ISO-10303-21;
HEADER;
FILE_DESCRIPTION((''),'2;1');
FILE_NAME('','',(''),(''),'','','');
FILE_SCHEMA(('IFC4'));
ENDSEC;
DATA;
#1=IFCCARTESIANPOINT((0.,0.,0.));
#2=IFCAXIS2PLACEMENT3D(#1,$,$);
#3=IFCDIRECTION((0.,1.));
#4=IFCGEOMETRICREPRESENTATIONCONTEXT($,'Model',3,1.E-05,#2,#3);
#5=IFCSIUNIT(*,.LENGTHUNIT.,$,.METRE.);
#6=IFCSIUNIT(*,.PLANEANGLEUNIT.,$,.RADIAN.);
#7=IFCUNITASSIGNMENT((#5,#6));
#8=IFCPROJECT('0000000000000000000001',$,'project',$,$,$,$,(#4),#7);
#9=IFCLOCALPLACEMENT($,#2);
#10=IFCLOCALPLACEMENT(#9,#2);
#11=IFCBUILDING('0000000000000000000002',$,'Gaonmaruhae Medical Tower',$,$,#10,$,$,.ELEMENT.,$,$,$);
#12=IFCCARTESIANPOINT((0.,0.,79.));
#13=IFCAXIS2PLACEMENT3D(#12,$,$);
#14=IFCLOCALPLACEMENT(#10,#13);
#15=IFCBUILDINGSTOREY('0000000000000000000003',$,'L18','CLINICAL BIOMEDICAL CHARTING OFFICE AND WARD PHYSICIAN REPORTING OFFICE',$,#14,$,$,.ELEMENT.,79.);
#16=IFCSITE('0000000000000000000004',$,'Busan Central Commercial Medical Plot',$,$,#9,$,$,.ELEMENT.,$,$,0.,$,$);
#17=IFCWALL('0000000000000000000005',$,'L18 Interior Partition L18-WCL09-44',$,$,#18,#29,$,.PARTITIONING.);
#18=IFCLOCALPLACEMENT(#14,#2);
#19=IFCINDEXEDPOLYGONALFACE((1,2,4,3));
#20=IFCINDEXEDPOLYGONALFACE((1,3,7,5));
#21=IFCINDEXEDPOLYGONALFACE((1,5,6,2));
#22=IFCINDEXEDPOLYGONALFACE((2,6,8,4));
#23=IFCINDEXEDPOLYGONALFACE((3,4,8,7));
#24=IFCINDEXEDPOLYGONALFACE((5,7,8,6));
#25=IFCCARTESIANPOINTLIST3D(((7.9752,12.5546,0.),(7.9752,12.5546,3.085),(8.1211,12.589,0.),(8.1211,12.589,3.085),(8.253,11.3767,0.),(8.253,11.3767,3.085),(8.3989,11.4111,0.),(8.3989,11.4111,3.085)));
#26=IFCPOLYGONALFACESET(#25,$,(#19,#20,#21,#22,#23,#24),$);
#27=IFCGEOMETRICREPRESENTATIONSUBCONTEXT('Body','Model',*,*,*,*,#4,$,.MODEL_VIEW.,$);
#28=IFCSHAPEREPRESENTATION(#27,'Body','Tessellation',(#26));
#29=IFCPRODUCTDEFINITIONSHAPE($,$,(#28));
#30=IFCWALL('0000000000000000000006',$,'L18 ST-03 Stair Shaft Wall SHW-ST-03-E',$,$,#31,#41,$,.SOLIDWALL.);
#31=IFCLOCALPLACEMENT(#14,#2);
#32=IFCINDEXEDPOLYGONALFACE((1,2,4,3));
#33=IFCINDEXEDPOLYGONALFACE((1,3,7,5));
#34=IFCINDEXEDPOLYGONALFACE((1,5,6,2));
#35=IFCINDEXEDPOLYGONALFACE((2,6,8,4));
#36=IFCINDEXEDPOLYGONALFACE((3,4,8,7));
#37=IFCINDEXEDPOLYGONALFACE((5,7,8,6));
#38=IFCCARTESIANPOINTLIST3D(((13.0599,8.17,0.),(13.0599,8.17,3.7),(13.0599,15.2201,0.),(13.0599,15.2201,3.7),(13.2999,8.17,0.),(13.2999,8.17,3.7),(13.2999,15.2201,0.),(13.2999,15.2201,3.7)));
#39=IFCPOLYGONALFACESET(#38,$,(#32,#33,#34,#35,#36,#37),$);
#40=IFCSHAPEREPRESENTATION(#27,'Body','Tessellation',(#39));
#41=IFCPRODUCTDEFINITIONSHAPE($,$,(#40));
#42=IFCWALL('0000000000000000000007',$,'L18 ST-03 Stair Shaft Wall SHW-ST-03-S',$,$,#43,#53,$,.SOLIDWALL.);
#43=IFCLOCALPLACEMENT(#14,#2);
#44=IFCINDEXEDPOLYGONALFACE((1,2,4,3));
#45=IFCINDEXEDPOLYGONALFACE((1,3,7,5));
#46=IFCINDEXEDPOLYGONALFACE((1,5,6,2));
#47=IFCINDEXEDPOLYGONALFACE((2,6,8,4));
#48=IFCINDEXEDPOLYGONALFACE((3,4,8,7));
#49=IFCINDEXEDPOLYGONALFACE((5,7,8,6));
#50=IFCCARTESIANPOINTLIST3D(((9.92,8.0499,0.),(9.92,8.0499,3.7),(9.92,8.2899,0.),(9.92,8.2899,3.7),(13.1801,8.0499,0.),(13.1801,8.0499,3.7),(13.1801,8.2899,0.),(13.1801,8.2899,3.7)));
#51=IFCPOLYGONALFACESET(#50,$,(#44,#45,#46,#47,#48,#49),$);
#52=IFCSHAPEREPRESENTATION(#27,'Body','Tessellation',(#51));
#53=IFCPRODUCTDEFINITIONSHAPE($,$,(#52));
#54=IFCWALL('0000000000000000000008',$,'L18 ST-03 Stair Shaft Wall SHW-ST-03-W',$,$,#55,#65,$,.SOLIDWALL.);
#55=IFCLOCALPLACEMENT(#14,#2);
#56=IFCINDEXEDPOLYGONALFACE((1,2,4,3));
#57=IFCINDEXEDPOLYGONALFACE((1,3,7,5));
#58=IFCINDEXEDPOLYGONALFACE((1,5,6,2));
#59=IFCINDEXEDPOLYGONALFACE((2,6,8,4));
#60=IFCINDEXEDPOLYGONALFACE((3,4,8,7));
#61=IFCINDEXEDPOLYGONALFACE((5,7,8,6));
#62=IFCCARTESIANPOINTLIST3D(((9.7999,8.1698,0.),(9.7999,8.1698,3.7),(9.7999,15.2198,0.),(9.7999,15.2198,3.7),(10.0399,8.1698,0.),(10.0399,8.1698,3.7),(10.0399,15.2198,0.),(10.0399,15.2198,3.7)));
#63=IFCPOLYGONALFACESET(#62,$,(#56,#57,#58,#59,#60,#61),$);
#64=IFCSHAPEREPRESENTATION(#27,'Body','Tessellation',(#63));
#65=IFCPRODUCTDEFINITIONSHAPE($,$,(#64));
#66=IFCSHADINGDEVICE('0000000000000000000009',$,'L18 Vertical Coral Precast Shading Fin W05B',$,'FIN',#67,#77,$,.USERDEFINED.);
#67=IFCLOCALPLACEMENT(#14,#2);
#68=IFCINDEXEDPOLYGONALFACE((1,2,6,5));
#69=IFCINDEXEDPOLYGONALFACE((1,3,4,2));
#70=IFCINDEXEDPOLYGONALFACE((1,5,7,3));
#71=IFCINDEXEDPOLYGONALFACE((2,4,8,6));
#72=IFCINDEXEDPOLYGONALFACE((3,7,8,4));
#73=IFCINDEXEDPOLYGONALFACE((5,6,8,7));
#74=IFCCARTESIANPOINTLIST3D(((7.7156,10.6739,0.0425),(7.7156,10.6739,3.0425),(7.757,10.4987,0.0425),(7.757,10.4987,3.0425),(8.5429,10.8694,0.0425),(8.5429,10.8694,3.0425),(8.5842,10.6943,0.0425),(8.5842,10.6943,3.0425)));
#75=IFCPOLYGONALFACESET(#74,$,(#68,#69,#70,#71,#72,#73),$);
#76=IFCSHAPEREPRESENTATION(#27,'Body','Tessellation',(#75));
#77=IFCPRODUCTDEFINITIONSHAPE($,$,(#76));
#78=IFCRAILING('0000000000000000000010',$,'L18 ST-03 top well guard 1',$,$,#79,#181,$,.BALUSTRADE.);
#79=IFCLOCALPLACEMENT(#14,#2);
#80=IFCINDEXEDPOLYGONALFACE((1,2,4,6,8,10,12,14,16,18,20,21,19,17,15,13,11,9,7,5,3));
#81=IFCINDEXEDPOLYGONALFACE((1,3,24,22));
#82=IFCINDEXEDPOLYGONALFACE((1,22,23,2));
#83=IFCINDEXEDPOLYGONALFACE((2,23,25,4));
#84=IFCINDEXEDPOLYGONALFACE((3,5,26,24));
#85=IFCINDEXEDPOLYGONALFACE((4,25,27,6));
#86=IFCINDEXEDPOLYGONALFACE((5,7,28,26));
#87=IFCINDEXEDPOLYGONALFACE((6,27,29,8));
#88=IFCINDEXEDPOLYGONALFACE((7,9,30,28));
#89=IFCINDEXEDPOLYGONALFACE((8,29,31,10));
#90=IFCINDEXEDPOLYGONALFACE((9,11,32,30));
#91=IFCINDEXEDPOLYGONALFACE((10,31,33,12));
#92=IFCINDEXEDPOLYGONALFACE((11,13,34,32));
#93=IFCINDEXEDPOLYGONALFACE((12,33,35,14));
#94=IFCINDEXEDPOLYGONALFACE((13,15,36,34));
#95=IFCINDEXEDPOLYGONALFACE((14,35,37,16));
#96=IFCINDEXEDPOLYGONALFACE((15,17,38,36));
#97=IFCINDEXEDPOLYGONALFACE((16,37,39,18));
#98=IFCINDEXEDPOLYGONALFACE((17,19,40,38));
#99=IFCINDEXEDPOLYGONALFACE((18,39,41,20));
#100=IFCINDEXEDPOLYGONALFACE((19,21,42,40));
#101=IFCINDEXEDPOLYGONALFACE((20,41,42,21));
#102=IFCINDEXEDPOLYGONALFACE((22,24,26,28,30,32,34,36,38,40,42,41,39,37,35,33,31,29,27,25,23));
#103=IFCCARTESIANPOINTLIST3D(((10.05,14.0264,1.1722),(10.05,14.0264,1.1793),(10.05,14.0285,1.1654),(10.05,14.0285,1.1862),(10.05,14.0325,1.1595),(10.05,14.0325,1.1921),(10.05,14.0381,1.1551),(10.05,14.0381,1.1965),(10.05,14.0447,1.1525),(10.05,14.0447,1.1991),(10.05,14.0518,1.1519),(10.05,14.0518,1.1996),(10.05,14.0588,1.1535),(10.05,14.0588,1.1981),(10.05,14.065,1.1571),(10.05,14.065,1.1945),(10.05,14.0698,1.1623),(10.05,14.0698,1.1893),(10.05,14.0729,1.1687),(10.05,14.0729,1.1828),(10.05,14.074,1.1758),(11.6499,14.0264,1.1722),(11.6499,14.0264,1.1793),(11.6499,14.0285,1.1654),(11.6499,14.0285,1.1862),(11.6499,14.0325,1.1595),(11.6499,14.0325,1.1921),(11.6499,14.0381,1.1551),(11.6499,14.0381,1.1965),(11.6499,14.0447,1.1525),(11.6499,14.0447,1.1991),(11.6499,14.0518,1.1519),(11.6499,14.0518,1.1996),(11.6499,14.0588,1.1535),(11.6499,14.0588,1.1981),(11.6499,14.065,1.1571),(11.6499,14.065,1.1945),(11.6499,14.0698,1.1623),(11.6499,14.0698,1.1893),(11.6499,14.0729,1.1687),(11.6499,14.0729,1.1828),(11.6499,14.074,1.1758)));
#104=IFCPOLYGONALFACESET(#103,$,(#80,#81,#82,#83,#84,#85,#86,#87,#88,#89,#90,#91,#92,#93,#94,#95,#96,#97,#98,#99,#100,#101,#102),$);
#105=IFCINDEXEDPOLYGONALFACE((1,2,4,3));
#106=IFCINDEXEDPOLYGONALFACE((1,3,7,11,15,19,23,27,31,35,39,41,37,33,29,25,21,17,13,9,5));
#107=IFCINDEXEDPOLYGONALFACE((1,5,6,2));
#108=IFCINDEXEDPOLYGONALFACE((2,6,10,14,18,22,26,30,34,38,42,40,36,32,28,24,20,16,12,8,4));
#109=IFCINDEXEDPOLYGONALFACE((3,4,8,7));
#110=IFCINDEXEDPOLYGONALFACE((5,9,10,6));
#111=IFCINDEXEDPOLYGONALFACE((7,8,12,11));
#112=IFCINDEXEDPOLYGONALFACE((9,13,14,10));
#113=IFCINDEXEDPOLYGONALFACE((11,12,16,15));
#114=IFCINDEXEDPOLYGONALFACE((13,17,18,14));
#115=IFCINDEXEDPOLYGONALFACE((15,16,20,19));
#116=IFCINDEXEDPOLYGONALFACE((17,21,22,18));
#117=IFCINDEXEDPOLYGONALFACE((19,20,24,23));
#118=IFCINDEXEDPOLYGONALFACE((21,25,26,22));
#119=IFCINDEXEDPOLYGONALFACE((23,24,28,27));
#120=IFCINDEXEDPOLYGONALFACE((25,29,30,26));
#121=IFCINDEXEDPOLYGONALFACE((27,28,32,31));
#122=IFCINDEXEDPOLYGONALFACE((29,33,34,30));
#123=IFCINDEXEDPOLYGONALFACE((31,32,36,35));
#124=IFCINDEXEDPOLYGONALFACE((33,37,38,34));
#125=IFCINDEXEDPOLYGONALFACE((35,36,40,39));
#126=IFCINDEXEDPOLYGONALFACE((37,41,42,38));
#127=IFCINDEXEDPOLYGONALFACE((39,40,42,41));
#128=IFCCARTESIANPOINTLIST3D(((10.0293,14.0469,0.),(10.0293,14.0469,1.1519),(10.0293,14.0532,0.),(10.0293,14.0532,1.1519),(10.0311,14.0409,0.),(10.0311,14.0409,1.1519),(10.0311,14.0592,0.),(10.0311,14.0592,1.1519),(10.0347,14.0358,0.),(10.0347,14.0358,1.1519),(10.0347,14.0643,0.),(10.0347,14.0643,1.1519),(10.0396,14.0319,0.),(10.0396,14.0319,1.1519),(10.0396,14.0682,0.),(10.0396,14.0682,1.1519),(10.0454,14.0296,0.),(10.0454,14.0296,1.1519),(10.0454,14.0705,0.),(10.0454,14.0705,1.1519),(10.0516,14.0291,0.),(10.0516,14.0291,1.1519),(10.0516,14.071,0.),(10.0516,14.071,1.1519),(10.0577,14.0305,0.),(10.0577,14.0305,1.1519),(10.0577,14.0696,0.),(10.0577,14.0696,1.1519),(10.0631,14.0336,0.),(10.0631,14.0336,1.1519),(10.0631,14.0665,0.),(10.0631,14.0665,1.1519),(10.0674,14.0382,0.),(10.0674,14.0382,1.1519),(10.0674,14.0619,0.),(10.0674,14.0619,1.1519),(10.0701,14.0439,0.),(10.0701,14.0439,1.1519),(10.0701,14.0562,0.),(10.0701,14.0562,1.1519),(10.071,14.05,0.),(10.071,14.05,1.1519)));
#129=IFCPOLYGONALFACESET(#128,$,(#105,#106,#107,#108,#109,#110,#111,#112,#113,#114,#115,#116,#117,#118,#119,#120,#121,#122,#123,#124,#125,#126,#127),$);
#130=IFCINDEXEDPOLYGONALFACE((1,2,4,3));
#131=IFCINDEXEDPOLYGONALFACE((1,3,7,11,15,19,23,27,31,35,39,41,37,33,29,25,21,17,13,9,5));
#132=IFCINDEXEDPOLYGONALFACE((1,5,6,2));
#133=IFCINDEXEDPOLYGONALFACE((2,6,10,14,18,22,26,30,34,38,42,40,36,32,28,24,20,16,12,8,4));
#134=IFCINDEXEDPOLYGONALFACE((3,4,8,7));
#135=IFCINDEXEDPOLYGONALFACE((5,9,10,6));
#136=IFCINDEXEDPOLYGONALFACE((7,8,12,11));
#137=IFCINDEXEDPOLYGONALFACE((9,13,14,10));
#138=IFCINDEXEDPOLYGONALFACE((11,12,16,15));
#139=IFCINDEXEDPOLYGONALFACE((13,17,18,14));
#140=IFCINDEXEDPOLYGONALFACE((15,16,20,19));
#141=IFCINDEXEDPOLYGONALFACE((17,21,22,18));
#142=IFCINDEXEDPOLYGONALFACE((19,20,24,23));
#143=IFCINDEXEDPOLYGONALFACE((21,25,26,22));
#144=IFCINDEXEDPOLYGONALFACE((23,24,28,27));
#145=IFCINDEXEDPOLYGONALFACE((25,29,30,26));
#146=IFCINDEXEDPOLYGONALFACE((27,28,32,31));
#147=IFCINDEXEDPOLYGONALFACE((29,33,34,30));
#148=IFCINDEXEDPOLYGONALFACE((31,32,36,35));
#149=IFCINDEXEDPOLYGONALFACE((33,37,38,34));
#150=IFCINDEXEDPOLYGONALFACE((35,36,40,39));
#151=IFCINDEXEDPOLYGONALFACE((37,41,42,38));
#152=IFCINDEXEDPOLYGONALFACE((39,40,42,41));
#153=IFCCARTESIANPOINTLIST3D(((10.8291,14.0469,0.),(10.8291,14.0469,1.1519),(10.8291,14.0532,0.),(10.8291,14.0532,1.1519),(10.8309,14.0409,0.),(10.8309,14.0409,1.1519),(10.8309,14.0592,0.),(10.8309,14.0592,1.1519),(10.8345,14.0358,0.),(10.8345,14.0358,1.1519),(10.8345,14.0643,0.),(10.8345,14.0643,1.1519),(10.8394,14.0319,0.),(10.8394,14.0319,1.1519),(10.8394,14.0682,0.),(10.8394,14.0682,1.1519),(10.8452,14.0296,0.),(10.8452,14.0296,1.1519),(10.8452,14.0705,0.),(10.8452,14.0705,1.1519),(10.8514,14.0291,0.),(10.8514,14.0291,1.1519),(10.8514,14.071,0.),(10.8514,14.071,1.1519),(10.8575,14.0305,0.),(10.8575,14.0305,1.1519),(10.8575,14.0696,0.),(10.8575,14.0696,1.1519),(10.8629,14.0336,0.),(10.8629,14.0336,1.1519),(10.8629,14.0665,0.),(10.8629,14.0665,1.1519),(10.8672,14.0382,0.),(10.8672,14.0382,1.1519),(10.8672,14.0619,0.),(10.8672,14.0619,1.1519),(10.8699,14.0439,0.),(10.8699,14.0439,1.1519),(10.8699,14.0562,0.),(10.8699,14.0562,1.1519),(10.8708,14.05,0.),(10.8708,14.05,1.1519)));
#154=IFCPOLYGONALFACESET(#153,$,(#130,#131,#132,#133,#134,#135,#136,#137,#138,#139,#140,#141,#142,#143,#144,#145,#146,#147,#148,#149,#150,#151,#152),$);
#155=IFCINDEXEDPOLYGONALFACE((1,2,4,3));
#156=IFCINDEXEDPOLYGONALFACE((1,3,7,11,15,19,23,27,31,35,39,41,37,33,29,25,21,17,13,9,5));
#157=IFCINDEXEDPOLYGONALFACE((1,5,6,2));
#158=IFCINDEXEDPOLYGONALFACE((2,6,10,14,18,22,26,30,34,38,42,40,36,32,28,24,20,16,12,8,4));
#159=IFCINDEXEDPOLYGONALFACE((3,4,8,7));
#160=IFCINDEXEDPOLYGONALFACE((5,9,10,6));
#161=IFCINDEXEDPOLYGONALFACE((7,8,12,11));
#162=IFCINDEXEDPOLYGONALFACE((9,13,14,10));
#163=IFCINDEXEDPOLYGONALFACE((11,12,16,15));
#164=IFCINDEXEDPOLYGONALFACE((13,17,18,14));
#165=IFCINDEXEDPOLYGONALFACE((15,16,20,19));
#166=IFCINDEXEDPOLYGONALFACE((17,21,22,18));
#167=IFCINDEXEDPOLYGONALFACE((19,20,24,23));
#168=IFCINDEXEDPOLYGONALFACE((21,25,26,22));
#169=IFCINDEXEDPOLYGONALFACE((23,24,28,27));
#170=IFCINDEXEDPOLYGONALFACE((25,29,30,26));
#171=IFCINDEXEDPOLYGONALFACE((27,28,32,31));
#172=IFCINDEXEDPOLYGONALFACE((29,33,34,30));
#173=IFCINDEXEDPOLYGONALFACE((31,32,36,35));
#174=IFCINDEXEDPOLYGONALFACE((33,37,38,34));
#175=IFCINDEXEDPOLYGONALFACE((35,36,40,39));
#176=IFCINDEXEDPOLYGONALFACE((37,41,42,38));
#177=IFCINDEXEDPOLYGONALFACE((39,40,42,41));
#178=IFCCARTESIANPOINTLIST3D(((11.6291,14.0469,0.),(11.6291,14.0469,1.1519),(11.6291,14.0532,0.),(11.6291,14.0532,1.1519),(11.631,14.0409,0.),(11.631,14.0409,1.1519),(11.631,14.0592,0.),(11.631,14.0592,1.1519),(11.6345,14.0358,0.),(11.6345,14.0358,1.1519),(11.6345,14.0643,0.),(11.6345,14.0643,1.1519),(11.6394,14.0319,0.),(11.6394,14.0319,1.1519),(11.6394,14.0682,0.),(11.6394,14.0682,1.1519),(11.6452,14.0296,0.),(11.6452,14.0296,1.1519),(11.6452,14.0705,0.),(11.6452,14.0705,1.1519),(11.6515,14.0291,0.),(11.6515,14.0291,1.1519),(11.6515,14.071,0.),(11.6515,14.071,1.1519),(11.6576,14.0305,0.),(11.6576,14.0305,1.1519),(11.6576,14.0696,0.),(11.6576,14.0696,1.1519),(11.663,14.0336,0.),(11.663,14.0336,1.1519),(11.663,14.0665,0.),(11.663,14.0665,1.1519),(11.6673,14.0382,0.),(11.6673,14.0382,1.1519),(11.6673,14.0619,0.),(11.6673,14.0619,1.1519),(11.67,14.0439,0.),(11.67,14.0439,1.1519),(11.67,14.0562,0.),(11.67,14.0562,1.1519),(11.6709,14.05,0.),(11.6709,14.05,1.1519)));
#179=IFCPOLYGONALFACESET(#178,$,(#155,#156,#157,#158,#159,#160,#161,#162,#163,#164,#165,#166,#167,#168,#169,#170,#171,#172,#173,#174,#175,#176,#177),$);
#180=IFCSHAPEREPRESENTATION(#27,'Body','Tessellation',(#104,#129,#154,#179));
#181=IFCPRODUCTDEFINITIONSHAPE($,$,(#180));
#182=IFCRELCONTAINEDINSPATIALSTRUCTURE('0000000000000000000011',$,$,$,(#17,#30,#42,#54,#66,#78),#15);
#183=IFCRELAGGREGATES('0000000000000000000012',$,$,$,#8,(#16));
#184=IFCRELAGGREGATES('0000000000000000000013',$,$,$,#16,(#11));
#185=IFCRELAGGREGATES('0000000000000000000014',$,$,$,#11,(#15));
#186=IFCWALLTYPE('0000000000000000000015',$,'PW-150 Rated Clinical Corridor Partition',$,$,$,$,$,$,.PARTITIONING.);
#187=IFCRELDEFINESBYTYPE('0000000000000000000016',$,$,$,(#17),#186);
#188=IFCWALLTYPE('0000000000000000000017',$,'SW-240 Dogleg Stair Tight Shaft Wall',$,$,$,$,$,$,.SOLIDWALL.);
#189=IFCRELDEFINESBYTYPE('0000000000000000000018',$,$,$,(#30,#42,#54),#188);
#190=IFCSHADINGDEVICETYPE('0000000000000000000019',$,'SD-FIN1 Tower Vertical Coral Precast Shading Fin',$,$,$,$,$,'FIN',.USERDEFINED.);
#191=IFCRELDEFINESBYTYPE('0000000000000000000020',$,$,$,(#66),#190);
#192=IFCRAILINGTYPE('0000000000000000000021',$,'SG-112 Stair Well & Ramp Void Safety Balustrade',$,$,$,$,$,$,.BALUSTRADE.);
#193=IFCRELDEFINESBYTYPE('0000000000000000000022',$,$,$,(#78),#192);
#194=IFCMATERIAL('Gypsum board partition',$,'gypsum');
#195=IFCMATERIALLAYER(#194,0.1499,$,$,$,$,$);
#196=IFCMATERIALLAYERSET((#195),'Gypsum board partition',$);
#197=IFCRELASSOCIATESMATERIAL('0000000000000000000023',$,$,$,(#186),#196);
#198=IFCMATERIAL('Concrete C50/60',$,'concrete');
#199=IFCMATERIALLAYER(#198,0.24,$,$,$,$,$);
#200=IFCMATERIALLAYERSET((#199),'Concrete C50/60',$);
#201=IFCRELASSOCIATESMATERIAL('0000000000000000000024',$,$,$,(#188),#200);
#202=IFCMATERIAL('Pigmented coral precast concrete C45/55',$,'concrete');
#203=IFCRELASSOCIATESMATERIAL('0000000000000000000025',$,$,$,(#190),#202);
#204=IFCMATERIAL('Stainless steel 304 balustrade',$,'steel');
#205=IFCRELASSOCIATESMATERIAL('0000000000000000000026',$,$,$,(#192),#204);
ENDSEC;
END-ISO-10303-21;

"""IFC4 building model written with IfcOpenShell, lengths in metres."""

from ifc_helpers import new_model, si_unit, direction, frame, frame_2d, origin, origin_2d, place, context, subcontext, project, spatial, rectangle, circle, extrude, material, layer, layer_set, type_object, element, save


model = new_model("IFC4")

# Units and contexts
model_context = context("Model", 3, precision=1e-05, world=origin(), true_north=direction((0.0, 1.0)))
body_context = subcontext(model_context, "Body", "Model", "MODEL_VIEW")
ifc_project = project(units=[si_unit("LENGTHUNIT", "METRE"), si_unit("PLANEANGLEUNIT", "RADIAN")], contexts=[model_context])

# Site, building, storey
site_placement = place(None, origin())
site = spatial("IfcSite", under=ifc_project, at=site_placement, Name="Busan Central Commercial Medical Plot", CompositionType="ELEMENT", RefElevation=0.0)
building_placement = place(site_placement, origin())
building = spatial("IfcBuilding", under=site, at=building_placement, Name="Gaonmaruhae Medical Tower", CompositionType="ELEMENT")
storey_placement = place(building_placement, frame((0.0, 0.0, 79.0)))
storey = spatial("IfcBuildingStorey", under=building, at=storey_placement, Name="L18", Description="CLINICAL BIOMEDICAL CHARTING OFFICE AND WARD PHYSICIAN REPORTING OFFICE", CompositionType="ELEMENT", Elevation=79.0)

# Wall
ifc_material_1 = material(Name="Gypsum board partition", Category="gypsum")
ifc_layer_1 = layer(ifc_material_1, 0.1499)
ifc_layer_set_1 = layer_set([ifc_layer_1], Name="Gypsum board partition")
wall_type_1 = type_object("IfcWallType", Name="PW-150 Rated Clinical Corridor Partition", PredefinedType="PARTITIONING", material=ifc_layer_set_1)
wall_1_placement = place(storey_placement, frame((8.3259, 11.394, 0.0), z_axis=(0.0, 0.0, 1.0), x_axis=(-0.229556, 0.973295, 0.0)))
element("IfcWall", 1, at=wall_1_placement, inside=storey, type_object=wall_type_1, Name="L18 Interior Partition L18-WCL09-44", PredefinedType="PARTITIONING", context=body_context, shape_type="SweptSolid", body=[
    extrude(rectangle(XDim=1.2102, YDim=0.1499, at=frame_2d((0.605, 0.0))), origin(), (0.0, 0.0, 1.0), 3.085),
])

# Shared definitions
ifc_material_2 = material(Name="Concrete C50/60", Category="concrete")
ifc_layer_2 = layer(ifc_material_2, 0.24)
ifc_layer_set_2 = layer_set([ifc_layer_2], Name="Concrete C50/60")
wall_type_2 = type_object("IfcWallType", Name="SW-240 Dogleg Stair Tight Shaft Wall", PredefinedType="SOLIDWALL", material=ifc_layer_set_2)

# Walls
wall_2_placement = place(storey_placement, frame((13.1799, 15.22, 0.0), z_axis=(0.0, 0.0, 1.0), x_axis=(0.0, -1.0, 0.0)))
element("IfcWall", 2, at=wall_2_placement, inside=storey, type_object=wall_type_2, Name="L18 ST-03 Stair Shaft Wall SHW-ST-03-E", PredefinedType="SOLIDWALL", context=body_context, shape_type="SweptSolid", body=[
    extrude(rectangle(XDim=7.05, YDim=0.24, at=frame_2d((3.5249, 0.0))), origin(), (0.0, 0.0, 1.0), 3.7),
])
wall_3_placement = place(storey_placement, frame((13.1799, 8.1699, 0.0), z_axis=(0.0, 0.0, 1.0), x_axis=(-1.0, 0.0, 0.0)))
element("IfcWall", 3, at=wall_3_placement, inside=storey, type_object=wall_type_2, Name="L18 ST-03 Stair Shaft Wall SHW-ST-03-S", PredefinedType="SOLIDWALL", context=body_context, shape_type="SweptSolid", body=[
    extrude(rectangle(XDim=3.26, YDim=0.24, at=frame_2d((1.6299, 0.0))), origin(), (0.0, 0.0, 1.0), 3.7),
])
wall_4_placement = place(storey_placement, frame((9.9199, 8.1699, 0.0), z_axis=(0.0, 0.0, 1.0), x_axis=(0.0, 1.0, 0.0)))
element("IfcWall", 4, at=wall_4_placement, inside=storey, type_object=wall_type_2, Name="L18 ST-03 Stair Shaft Wall SHW-ST-03-W", PredefinedType="SOLIDWALL", context=body_context, shape_type="SweptSolid", body=[
    extrude(rectangle(XDim=7.05, YDim=0.24, at=frame_2d((3.5249, 0.0))), origin(), (0.0, 0.0, 1.0), 3.7),
])

# Shading device
ifc_material_3 = material(Name="Pigmented coral precast concrete C45/55", Category="concrete")
shading_device_type = type_object("IfcShadingDeviceType", Name="SD-FIN1 Tower Vertical Coral Precast Shading Fin", ElementType="FIN", PredefinedType="USERDEFINED", material=ifc_material_3)
shading_device_placement = place(storey_placement, frame((8.1499, 10.6841, 0.0425), z_axis=(0.0, 0.0, 1.0), x_axis=(-0.23005, 0.973179, 0.0)))
element("IfcShadingDevice", 5, at=shading_device_placement, inside=storey, type_object=shading_device_type, Name="L18 Vertical Coral Precast Shading Fin W05B", ObjectType="FIN", PredefinedType="USERDEFINED", context=body_context, shape_type="SweptSolid", body=[
    extrude(rectangle(XDim=0.1799, YDim=0.8501, at=origin_2d()), origin(), (0.0, 0.0, 1.0), 3.0),
])

# Railing
ifc_material_4 = material(Name="Stainless steel 304 balustrade", Category="steel")
railing_type = type_object("IfcRailingType", Name="SG-112 Stair Well & Ramp Void Safety Balustrade", PredefinedType="BALUSTRADE", material=ifc_material_4)
railing_1_placement = place(storey_placement, frame((10.05, 14.05, 0.0)))
element("IfcRailing", 6, at=railing_1_placement, inside=storey, type_object=railing_type, Name="L18 ST-03 top well guard 1", PredefinedType="BALUSTRADE", context=body_context, shape_type="SweptSolid", body=[
    extrude(circle(Radius=0.0239, at=origin_2d()), frame((0.0, 0.0, 1.1758), z_axis=(1.0, 0.0, 0.0), x_axis=(0.0, 1.0, 0.0)), (0.0, 0.0, 1.0), 1.5999),
    extrude(circle(Radius=0.021, at=origin_2d()), origin(), (0.0, 0.0, 1.0), 1.1519),
    extrude(circle(Radius=0.021, at=origin_2d()), frame((0.7998, 0.0, 0.0)), (0.0, 0.0, 1.0), 1.1519),
    extrude(circle(Radius=0.021, at=origin_2d()), frame((1.5999, 0.0, 0.0)), (0.0, 0.0, 1.0), 1.1519),
])

save(model, "model.ifc")
